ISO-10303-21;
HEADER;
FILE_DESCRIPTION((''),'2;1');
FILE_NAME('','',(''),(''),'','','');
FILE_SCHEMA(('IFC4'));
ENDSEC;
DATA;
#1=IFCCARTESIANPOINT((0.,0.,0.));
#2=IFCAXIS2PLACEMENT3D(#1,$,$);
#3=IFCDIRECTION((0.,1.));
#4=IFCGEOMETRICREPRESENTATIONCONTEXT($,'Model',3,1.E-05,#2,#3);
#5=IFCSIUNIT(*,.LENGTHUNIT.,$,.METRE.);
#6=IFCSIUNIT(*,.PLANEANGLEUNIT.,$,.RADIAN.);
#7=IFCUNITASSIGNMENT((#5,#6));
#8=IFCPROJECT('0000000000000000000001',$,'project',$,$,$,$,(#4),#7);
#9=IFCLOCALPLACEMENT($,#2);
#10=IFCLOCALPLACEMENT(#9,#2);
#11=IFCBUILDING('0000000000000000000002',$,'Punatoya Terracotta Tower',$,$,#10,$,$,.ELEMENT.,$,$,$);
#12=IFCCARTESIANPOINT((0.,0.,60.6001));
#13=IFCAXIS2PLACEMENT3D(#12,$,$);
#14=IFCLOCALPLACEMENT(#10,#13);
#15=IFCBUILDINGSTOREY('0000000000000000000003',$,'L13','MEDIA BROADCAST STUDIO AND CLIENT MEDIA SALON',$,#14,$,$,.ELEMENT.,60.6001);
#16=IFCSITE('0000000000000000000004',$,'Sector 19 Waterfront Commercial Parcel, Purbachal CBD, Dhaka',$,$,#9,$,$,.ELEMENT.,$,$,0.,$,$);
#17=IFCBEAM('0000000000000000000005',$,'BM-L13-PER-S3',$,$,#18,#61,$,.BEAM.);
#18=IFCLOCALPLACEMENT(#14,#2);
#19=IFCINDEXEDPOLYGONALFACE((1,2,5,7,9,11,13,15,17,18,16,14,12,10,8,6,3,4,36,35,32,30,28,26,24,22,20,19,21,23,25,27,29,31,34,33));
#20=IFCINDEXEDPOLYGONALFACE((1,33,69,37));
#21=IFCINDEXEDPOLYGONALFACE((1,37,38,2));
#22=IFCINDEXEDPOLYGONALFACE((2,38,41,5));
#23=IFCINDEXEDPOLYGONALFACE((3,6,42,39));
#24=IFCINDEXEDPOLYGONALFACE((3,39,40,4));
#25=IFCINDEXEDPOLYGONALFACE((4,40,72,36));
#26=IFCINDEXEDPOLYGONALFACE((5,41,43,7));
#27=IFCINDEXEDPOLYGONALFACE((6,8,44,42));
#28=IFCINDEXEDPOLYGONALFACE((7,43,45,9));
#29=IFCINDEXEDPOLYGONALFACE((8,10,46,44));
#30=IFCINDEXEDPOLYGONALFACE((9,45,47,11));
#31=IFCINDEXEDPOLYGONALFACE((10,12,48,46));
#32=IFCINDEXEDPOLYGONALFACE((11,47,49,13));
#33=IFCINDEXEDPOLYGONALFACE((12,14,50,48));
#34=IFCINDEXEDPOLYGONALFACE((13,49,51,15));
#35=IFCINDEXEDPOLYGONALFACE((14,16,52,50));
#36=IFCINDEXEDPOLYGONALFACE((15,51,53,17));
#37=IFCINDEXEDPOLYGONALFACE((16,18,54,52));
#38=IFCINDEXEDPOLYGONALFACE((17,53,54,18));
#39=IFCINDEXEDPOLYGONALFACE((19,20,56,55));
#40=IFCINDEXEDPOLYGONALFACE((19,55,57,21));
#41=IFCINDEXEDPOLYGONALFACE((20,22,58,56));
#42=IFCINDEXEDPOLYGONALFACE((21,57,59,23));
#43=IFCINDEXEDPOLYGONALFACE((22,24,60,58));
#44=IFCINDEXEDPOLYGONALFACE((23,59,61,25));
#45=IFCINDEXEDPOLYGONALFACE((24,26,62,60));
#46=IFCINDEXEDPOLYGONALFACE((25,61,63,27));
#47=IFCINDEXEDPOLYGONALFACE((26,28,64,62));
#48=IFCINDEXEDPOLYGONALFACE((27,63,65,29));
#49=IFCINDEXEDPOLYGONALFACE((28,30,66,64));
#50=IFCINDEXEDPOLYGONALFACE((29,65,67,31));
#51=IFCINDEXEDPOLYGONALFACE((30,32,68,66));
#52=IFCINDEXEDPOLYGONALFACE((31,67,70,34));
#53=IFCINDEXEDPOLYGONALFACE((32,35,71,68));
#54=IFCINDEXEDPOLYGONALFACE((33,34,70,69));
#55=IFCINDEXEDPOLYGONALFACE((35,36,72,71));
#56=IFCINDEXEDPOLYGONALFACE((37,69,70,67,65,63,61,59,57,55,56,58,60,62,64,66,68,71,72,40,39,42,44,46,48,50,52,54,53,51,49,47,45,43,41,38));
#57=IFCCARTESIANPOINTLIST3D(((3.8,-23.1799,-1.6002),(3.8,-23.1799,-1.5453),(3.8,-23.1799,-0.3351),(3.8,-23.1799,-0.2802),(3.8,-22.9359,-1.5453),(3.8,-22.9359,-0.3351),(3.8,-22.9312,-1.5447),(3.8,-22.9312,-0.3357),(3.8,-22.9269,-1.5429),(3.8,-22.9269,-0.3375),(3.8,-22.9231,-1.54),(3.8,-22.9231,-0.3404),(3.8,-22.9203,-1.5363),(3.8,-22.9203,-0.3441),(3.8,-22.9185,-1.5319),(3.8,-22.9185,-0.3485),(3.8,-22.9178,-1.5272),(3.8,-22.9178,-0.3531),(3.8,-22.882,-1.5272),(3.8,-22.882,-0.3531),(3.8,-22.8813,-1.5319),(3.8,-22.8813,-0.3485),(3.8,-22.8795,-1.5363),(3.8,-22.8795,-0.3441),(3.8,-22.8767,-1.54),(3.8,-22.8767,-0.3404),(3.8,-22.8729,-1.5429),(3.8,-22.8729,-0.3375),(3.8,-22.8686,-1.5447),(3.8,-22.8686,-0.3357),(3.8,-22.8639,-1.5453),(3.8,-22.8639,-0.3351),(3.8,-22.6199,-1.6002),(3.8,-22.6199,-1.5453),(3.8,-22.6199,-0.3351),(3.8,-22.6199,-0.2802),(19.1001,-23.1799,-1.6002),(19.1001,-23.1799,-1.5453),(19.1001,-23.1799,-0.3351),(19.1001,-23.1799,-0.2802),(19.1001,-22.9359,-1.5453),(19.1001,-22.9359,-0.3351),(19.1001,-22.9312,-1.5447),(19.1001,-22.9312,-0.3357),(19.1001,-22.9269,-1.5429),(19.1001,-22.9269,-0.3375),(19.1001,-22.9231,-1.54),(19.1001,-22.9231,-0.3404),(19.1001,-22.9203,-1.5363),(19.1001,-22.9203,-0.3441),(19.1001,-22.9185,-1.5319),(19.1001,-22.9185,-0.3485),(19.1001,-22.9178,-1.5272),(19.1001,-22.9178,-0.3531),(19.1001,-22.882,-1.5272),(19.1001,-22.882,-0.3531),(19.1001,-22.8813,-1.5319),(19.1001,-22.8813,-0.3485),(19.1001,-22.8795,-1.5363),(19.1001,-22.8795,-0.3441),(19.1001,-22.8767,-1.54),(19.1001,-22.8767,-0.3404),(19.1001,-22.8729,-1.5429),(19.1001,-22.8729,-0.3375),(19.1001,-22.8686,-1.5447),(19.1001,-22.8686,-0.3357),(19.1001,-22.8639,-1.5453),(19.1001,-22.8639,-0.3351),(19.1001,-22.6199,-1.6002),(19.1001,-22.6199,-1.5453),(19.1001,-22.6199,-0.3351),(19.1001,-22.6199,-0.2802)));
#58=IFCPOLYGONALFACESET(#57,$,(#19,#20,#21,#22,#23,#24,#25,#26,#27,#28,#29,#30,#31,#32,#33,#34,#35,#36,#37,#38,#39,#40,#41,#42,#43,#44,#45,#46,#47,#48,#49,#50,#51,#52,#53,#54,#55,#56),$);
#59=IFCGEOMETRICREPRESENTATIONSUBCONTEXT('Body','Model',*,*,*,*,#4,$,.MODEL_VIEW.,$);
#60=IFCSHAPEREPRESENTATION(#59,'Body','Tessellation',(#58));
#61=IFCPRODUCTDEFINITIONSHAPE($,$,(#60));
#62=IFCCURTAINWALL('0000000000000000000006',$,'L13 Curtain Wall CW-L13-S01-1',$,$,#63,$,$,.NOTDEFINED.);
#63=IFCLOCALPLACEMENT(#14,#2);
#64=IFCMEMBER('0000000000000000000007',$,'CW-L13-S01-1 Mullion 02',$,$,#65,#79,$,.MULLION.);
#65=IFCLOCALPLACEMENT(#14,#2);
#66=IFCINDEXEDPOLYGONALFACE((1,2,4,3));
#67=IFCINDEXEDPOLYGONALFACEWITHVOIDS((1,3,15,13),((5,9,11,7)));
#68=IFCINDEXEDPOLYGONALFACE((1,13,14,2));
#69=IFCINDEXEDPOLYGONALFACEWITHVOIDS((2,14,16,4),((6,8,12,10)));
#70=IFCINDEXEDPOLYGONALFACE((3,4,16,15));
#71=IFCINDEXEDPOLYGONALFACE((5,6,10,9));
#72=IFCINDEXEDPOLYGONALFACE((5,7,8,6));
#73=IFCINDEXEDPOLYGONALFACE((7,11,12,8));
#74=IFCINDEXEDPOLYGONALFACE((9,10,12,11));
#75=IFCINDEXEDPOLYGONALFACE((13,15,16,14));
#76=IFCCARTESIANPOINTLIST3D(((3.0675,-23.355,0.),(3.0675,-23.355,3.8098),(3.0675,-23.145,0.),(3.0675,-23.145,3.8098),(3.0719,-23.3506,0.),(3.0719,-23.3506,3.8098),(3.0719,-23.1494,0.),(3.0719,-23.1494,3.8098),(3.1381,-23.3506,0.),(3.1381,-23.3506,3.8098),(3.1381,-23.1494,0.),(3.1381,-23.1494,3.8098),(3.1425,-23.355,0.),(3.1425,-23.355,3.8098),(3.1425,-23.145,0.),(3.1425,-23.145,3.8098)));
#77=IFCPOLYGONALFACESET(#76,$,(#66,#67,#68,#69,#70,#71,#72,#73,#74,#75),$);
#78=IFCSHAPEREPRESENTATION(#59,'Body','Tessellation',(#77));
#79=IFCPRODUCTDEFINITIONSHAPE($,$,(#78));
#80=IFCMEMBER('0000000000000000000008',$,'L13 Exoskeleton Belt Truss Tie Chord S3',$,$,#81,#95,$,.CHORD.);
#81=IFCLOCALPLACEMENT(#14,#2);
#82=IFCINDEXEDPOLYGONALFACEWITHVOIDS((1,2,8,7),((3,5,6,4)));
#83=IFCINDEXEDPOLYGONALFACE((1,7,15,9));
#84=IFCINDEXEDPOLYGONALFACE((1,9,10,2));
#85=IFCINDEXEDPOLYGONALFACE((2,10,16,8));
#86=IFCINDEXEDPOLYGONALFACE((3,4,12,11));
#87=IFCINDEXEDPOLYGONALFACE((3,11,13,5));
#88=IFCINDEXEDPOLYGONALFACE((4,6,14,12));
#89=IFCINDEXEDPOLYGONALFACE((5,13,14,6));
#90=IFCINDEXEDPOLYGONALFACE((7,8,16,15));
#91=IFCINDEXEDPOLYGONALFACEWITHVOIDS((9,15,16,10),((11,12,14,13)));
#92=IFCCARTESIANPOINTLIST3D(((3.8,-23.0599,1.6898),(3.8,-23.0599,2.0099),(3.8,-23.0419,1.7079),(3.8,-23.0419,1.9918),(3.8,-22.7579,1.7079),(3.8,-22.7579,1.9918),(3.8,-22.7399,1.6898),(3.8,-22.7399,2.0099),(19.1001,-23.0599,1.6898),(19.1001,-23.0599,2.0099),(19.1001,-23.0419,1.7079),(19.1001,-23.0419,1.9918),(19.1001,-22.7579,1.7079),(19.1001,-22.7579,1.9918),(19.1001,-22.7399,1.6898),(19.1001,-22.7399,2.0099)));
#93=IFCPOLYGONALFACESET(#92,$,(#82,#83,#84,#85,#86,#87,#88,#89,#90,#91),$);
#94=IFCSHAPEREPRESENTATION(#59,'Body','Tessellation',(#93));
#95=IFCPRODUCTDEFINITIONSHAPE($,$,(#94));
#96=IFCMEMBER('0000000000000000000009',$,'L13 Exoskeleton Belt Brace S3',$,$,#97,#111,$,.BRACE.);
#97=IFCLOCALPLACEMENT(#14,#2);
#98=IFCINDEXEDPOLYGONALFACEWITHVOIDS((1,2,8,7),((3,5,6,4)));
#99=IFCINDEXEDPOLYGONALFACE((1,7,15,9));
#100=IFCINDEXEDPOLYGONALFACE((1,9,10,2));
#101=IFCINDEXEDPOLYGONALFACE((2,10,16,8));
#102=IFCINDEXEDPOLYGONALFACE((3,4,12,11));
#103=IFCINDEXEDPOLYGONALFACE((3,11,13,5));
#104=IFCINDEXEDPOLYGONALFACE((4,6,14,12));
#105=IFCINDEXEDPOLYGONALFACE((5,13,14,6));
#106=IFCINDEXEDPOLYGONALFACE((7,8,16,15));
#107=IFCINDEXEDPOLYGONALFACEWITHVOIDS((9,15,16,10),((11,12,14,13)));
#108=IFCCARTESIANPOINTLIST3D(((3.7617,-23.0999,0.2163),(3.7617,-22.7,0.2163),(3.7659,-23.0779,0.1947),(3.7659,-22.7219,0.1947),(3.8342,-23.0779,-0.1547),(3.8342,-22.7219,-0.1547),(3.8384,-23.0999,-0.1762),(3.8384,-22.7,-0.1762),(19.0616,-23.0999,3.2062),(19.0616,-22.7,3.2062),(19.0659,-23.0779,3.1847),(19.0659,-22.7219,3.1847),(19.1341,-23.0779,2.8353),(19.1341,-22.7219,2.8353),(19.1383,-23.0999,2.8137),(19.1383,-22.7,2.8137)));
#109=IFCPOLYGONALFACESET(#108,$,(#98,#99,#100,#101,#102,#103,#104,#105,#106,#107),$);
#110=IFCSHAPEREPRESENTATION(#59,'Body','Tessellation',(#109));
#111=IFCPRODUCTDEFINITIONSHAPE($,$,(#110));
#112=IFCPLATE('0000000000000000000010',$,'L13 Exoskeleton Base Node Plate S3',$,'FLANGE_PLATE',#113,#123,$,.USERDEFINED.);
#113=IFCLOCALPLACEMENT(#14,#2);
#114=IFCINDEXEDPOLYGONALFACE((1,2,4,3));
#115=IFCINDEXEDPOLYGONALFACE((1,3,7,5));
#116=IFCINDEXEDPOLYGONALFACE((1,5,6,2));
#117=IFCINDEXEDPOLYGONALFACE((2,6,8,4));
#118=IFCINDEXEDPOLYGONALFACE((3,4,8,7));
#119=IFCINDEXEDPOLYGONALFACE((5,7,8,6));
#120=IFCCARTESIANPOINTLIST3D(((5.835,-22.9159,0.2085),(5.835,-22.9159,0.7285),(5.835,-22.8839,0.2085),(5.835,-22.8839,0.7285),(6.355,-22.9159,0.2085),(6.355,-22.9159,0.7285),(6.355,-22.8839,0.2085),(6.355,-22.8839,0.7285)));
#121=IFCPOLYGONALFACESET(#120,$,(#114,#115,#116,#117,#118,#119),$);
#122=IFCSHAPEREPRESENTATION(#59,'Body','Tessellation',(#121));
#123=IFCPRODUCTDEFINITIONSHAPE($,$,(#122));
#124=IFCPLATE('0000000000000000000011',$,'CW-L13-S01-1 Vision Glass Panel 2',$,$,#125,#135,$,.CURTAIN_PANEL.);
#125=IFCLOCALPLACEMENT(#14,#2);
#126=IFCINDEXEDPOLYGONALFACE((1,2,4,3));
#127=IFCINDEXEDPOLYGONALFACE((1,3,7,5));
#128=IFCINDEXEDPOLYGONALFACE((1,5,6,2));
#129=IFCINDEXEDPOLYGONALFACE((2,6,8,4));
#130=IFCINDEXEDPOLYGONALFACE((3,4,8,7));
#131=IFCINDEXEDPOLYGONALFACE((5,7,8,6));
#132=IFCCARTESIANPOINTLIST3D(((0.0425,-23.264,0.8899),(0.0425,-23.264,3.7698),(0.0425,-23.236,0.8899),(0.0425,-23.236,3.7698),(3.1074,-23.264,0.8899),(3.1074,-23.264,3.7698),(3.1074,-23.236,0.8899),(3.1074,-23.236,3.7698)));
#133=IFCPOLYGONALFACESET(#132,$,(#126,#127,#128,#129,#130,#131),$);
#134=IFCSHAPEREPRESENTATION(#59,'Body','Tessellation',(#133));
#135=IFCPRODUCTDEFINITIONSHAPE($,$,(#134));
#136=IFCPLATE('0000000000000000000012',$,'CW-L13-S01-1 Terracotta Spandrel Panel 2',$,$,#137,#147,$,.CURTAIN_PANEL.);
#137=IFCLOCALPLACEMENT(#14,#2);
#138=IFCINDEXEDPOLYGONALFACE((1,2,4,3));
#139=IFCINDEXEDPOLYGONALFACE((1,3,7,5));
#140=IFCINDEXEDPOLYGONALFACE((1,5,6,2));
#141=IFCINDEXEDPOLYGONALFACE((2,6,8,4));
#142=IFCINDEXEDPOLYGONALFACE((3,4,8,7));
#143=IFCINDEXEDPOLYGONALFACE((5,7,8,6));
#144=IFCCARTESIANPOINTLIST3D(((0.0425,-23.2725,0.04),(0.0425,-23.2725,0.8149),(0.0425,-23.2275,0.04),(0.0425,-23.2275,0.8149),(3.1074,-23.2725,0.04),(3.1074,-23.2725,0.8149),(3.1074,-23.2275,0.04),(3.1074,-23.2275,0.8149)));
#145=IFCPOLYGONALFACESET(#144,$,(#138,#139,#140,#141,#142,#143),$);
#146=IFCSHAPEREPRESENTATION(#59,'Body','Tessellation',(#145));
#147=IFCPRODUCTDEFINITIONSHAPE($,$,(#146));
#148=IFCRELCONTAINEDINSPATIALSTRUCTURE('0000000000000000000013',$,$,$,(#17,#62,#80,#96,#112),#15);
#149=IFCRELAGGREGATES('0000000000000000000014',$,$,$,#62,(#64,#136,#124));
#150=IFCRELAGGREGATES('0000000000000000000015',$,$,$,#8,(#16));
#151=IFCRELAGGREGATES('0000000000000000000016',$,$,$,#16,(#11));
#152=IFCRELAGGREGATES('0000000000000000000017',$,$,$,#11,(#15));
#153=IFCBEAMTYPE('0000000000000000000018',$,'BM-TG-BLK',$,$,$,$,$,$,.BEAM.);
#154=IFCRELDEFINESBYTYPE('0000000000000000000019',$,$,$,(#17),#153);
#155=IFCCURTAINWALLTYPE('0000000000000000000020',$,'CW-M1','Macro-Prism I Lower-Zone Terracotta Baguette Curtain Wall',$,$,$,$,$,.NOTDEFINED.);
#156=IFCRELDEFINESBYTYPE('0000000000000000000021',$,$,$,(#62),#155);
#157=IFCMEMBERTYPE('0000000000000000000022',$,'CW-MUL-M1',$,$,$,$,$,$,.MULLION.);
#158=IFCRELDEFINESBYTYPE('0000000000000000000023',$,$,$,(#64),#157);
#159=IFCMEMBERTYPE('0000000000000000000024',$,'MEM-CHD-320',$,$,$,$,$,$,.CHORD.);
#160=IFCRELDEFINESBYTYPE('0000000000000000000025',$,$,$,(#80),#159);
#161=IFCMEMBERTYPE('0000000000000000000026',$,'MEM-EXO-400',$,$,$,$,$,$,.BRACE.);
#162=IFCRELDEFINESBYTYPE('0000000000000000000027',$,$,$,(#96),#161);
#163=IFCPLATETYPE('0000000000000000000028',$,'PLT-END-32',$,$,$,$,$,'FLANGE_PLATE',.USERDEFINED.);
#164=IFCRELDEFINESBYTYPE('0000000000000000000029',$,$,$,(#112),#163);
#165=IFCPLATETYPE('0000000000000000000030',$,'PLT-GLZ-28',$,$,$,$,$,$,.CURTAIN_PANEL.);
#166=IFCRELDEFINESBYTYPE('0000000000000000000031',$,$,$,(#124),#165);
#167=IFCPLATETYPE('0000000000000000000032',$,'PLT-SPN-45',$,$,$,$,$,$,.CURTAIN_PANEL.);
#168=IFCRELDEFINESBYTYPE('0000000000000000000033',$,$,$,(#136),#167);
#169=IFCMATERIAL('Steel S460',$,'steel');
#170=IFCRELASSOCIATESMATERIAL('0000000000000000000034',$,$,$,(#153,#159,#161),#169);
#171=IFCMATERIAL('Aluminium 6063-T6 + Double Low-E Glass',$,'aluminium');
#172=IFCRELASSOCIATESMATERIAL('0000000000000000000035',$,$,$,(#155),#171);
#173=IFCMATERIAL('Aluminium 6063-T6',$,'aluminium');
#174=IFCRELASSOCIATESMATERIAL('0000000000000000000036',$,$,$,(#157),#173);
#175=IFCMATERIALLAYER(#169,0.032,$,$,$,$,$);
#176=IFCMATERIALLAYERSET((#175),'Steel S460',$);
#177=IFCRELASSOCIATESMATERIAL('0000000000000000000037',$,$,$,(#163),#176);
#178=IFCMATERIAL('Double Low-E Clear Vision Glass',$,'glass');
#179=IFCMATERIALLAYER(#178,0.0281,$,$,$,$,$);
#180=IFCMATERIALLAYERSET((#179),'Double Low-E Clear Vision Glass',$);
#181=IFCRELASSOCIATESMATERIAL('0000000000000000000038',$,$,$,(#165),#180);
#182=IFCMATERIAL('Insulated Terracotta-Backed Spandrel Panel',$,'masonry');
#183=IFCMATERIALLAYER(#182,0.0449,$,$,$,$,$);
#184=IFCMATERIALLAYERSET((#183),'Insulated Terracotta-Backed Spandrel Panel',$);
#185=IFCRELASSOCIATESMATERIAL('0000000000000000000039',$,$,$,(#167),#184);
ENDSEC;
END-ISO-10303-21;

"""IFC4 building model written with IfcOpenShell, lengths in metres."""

from ifc_helpers import new_model, si_unit, direction, frame, origin, origin_2d, place, context, subcontext, project, spatial, rectangle, hollow_rectangle, i_section, extrude, material, layer, layer_set, material_profile, profile_set, type_object, element, aggregate, save


model = new_model("IFC4")

# Units and contexts
model_context = context("Model", 3, precision=1e-05, world=origin(), true_north=direction((0.0, 1.0)))
body_context = subcontext(model_context, "Body", "Model", "MODEL_VIEW")
ifc_project = project(units=[si_unit("LENGTHUNIT", "METRE"), si_unit("PLANEANGLEUNIT", "RADIAN")], contexts=[model_context])

# Site, building, storey
site_placement = place(None, origin())
site = spatial("IfcSite", under=ifc_project, at=site_placement, Name="Sector 19 Waterfront Commercial Parcel, Purbachal CBD, Dhaka", CompositionType="ELEMENT", RefElevation=0.0)
building_placement = place(site_placement, origin())
building = spatial("IfcBuilding", under=site, at=building_placement, Name="Punatoya Terracotta Tower", CompositionType="ELEMENT")
storey_placement = place(building_placement, frame((0.0, 0.0, 60.6001)))
storey = spatial("IfcBuildingStorey", under=building, at=storey_placement, Name="L13", Description="MEDIA BROADCAST STUDIO AND CLIENT MEDIA SALON", CompositionType="ELEMENT", Elevation=60.6001)

# Shared definitions
ifc_material_1 = material(Name="Steel S460", Category="steel")

# Beam
ifc_material_profile_1 = material_profile(ifc_material_1, i_section(OverallWidth=0.5601, OverallDepth=1.3201, WebThickness=0.0359, FlangeThickness=0.0549, FilletRadius=0.0181, at=origin_2d()))
ifc_profile_set_1 = profile_set([ifc_material_profile_1], Name="Steel S460")
beam_type_1 = type_object("IfcBeamType", Name="BM-TG-BLK", PredefinedType="BEAM", material=ifc_profile_set_1)
beam_1_placement = place(storey_placement, frame((3.8, -22.8999, -0.9402), z_axis=(1.0, 0.0, 0.0), x_axis=(0.0, 1.0, 0.0)))
element("IfcBeam", 1, at=beam_1_placement, inside=storey, type_object=beam_type_1, Name="BM-L13-PER-S3", PredefinedType="BEAM", context=body_context, shape_type="SweptSolid", body=[
    extrude(i_section(OverallWidth=0.5601, OverallDepth=1.3201, WebThickness=0.0359, FlangeThickness=0.0549, FilletRadius=0.0181, at=origin_2d()), origin(), (0.0, 0.0, 1.0), 15.3),
])

# Curtain wall, member
ifc_material_2 = material(Name="Aluminium 6063-T6 + Double Low-E Glass", Category="aluminium")
curtain_wall_type = type_object("IfcCurtainWallType", Name="CW-M1", Description="Macro-Prism I Lower-Zone Terracotta Baguette Curtain Wall", PredefinedType="NOTDEFINED", material=ifc_material_2)
curtain_wall_placement = place(storey_placement, origin())
curtain_wall = element("IfcCurtainWall", 2, at=curtain_wall_placement, inside=storey, type_object=curtain_wall_type, Name="L13 Curtain Wall CW-L13-S01-1", PredefinedType="NOTDEFINED")
ifc_material_3 = material(Name="Aluminium 6063-T6", Category="aluminium")
ifc_material_profile_2 = material_profile(ifc_material_3, hollow_rectangle(XDim=0.075, YDim=0.21, WallThickness=0.0044, at=origin_2d()))
ifc_profile_set_2 = profile_set([ifc_material_profile_2], Name="Aluminium 6063-T6")
member_type_1 = type_object("IfcMemberType", Name="CW-MUL-M1", PredefinedType="MULLION", material=ifc_profile_set_2)
member_1_placement = place(storey_placement, frame((3.105, -23.25, 0.0), z_axis=(0.0, 0.0, 1.0), x_axis=(1.0, 0.0, 0.0)))
member_1 = element("IfcMember", 3, at=member_1_placement, type_object=member_type_1, Name="CW-L13-S01-1 Mullion 02", PredefinedType="MULLION", context=body_context, shape_type="SweptSolid", body=[
    extrude(hollow_rectangle(XDim=0.075, YDim=0.21, WallThickness=0.0044, at=origin_2d()), origin(), (0.0, 0.0, 1.0), 3.8098),
])

# Members
ifc_material_profile_3 = material_profile(ifc_material_1, hollow_rectangle(XDim=0.3201, YDim=0.3201, WallThickness=0.0181, at=origin_2d()))
ifc_profile_set_3 = profile_set([ifc_material_profile_3], Name="Steel S460")
member_type_2 = type_object("IfcMemberType", Name="MEM-CHD-320", PredefinedType="CHORD", material=ifc_profile_set_3)
member_2_placement = place(storey_placement, frame((3.8, -22.8999, 1.8499), z_axis=(1.0, 0.0, 0.0), x_axis=(0.0, 1.0, 0.0)))
element("IfcMember", 4, at=member_2_placement, inside=storey, type_object=member_type_2, Name="L13 Exoskeleton Belt Truss Tie Chord S3", PredefinedType="CHORD", context=body_context, shape_type="SweptSolid", body=[
    extrude(hollow_rectangle(XDim=0.3201, YDim=0.3201, WallThickness=0.0181, at=origin_2d()), origin(), (0.0, 0.0, 1.0), 15.3),
])
ifc_material_profile_4 = material_profile(ifc_material_1, hollow_rectangle(XDim=0.3999, YDim=0.3999, WallThickness=0.022, at=origin_2d()))
ifc_profile_set_4 = profile_set([ifc_material_profile_4], Name="Steel S460")
member_type_3 = type_object("IfcMemberType", Name="MEM-EXO-400", PredefinedType="BRACE", material=ifc_profile_set_4)
member_3_placement = place(storey_placement, frame((3.8, -22.8999, 0.02), z_axis=(0.981435, 0.0, 0.191796), x_axis=(0.0, 1.0, 0.0)))
element("IfcMember", 5, at=member_3_placement, inside=storey, type_object=member_type_3, Name="L13 Exoskeleton Belt Brace S3", PredefinedType="BRACE", context=body_context, shape_type="SweptSolid", body=[
    extrude(hollow_rectangle(XDim=0.3999, YDim=0.3999, WallThickness=0.022, at=origin_2d()), origin(), (0.0, 0.0, 1.0), 15.5894),
])

# Plates
ifc_layer_1 = layer(ifc_material_1, 0.032)
ifc_layer_set_1 = layer_set([ifc_layer_1], Name="Steel S460")
plate_type_1 = type_object("IfcPlateType", Name="PLT-END-32", ElementType="FLANGE_PLATE", PredefinedType="USERDEFINED", material=ifc_layer_set_1)
plate_1_placement = place(storey_placement, frame((6.095, -22.8999, 0.2085), z_axis=(0.0, 0.0, 1.0), x_axis=(1.0, 0.0, 0.0)))
element("IfcPlate", 6, at=plate_1_placement, inside=storey, type_object=plate_type_1, Name="L13 Exoskeleton Base Node Plate S3", ObjectType="FLANGE_PLATE", PredefinedType="USERDEFINED", context=body_context, shape_type="SweptSolid", body=[
    extrude(rectangle(XDim=0.52, YDim=0.032, at=origin_2d()), origin(), (0.0, 0.0, 1.0), 0.52),
])
ifc_material_4 = material(Name="Double Low-E Clear Vision Glass", Category="glass")
ifc_layer_2 = layer(ifc_material_4, 0.0281)
ifc_layer_set_2 = layer_set([ifc_layer_2], Name="Double Low-E Clear Vision Glass")
plate_type_2 = type_object("IfcPlateType", Name="PLT-GLZ-28", PredefinedType="CURTAIN_PANEL", material=ifc_layer_set_2)
plate_2_placement = place(storey_placement, frame((1.575, -23.25, 0.8899), z_axis=(0.0, 0.0, 1.0), x_axis=(1.0, 0.0, 0.0)))
plate_2 = element("IfcPlate", 7, at=plate_2_placement, type_object=plate_type_2, Name="CW-L13-S01-1 Vision Glass Panel 2", PredefinedType="CURTAIN_PANEL", context=body_context, shape_type="SweptSolid", body=[
    extrude(rectangle(XDim=3.0649, YDim=0.0281, at=origin_2d()), origin(), (0.0, 0.0, 1.0), 2.8799),
])
ifc_material_5 = material(Name="Insulated Terracotta-Backed Spandrel Panel", Category="masonry")
ifc_layer_3 = layer(ifc_material_5, 0.0449)
ifc_layer_set_3 = layer_set([ifc_layer_3], Name="Insulated Terracotta-Backed Spandrel Panel")
plate_type_3 = type_object("IfcPlateType", Name="PLT-SPN-45", PredefinedType="CURTAIN_PANEL", material=ifc_layer_set_3)
plate_3_placement = place(storey_placement, frame((1.575, -23.25, 0.04), z_axis=(0.0, 0.0, 1.0), x_axis=(1.0, 0.0, 0.0)))
plate_3 = element("IfcPlate", 8, at=plate_3_placement, type_object=plate_type_3, Name="CW-L13-S01-1 Terracotta Spandrel Panel 2", PredefinedType="CURTAIN_PANEL", context=body_context, shape_type="SweptSolid", body=[
    extrude(rectangle(XDim=3.0649, YDim=0.0449, at=origin_2d()), origin(), (0.0, 0.0, 1.0), 0.7749),
])
aggregate(curtain_wall, [member_1, plate_3, plate_2])

save(model, "model.ifc")
